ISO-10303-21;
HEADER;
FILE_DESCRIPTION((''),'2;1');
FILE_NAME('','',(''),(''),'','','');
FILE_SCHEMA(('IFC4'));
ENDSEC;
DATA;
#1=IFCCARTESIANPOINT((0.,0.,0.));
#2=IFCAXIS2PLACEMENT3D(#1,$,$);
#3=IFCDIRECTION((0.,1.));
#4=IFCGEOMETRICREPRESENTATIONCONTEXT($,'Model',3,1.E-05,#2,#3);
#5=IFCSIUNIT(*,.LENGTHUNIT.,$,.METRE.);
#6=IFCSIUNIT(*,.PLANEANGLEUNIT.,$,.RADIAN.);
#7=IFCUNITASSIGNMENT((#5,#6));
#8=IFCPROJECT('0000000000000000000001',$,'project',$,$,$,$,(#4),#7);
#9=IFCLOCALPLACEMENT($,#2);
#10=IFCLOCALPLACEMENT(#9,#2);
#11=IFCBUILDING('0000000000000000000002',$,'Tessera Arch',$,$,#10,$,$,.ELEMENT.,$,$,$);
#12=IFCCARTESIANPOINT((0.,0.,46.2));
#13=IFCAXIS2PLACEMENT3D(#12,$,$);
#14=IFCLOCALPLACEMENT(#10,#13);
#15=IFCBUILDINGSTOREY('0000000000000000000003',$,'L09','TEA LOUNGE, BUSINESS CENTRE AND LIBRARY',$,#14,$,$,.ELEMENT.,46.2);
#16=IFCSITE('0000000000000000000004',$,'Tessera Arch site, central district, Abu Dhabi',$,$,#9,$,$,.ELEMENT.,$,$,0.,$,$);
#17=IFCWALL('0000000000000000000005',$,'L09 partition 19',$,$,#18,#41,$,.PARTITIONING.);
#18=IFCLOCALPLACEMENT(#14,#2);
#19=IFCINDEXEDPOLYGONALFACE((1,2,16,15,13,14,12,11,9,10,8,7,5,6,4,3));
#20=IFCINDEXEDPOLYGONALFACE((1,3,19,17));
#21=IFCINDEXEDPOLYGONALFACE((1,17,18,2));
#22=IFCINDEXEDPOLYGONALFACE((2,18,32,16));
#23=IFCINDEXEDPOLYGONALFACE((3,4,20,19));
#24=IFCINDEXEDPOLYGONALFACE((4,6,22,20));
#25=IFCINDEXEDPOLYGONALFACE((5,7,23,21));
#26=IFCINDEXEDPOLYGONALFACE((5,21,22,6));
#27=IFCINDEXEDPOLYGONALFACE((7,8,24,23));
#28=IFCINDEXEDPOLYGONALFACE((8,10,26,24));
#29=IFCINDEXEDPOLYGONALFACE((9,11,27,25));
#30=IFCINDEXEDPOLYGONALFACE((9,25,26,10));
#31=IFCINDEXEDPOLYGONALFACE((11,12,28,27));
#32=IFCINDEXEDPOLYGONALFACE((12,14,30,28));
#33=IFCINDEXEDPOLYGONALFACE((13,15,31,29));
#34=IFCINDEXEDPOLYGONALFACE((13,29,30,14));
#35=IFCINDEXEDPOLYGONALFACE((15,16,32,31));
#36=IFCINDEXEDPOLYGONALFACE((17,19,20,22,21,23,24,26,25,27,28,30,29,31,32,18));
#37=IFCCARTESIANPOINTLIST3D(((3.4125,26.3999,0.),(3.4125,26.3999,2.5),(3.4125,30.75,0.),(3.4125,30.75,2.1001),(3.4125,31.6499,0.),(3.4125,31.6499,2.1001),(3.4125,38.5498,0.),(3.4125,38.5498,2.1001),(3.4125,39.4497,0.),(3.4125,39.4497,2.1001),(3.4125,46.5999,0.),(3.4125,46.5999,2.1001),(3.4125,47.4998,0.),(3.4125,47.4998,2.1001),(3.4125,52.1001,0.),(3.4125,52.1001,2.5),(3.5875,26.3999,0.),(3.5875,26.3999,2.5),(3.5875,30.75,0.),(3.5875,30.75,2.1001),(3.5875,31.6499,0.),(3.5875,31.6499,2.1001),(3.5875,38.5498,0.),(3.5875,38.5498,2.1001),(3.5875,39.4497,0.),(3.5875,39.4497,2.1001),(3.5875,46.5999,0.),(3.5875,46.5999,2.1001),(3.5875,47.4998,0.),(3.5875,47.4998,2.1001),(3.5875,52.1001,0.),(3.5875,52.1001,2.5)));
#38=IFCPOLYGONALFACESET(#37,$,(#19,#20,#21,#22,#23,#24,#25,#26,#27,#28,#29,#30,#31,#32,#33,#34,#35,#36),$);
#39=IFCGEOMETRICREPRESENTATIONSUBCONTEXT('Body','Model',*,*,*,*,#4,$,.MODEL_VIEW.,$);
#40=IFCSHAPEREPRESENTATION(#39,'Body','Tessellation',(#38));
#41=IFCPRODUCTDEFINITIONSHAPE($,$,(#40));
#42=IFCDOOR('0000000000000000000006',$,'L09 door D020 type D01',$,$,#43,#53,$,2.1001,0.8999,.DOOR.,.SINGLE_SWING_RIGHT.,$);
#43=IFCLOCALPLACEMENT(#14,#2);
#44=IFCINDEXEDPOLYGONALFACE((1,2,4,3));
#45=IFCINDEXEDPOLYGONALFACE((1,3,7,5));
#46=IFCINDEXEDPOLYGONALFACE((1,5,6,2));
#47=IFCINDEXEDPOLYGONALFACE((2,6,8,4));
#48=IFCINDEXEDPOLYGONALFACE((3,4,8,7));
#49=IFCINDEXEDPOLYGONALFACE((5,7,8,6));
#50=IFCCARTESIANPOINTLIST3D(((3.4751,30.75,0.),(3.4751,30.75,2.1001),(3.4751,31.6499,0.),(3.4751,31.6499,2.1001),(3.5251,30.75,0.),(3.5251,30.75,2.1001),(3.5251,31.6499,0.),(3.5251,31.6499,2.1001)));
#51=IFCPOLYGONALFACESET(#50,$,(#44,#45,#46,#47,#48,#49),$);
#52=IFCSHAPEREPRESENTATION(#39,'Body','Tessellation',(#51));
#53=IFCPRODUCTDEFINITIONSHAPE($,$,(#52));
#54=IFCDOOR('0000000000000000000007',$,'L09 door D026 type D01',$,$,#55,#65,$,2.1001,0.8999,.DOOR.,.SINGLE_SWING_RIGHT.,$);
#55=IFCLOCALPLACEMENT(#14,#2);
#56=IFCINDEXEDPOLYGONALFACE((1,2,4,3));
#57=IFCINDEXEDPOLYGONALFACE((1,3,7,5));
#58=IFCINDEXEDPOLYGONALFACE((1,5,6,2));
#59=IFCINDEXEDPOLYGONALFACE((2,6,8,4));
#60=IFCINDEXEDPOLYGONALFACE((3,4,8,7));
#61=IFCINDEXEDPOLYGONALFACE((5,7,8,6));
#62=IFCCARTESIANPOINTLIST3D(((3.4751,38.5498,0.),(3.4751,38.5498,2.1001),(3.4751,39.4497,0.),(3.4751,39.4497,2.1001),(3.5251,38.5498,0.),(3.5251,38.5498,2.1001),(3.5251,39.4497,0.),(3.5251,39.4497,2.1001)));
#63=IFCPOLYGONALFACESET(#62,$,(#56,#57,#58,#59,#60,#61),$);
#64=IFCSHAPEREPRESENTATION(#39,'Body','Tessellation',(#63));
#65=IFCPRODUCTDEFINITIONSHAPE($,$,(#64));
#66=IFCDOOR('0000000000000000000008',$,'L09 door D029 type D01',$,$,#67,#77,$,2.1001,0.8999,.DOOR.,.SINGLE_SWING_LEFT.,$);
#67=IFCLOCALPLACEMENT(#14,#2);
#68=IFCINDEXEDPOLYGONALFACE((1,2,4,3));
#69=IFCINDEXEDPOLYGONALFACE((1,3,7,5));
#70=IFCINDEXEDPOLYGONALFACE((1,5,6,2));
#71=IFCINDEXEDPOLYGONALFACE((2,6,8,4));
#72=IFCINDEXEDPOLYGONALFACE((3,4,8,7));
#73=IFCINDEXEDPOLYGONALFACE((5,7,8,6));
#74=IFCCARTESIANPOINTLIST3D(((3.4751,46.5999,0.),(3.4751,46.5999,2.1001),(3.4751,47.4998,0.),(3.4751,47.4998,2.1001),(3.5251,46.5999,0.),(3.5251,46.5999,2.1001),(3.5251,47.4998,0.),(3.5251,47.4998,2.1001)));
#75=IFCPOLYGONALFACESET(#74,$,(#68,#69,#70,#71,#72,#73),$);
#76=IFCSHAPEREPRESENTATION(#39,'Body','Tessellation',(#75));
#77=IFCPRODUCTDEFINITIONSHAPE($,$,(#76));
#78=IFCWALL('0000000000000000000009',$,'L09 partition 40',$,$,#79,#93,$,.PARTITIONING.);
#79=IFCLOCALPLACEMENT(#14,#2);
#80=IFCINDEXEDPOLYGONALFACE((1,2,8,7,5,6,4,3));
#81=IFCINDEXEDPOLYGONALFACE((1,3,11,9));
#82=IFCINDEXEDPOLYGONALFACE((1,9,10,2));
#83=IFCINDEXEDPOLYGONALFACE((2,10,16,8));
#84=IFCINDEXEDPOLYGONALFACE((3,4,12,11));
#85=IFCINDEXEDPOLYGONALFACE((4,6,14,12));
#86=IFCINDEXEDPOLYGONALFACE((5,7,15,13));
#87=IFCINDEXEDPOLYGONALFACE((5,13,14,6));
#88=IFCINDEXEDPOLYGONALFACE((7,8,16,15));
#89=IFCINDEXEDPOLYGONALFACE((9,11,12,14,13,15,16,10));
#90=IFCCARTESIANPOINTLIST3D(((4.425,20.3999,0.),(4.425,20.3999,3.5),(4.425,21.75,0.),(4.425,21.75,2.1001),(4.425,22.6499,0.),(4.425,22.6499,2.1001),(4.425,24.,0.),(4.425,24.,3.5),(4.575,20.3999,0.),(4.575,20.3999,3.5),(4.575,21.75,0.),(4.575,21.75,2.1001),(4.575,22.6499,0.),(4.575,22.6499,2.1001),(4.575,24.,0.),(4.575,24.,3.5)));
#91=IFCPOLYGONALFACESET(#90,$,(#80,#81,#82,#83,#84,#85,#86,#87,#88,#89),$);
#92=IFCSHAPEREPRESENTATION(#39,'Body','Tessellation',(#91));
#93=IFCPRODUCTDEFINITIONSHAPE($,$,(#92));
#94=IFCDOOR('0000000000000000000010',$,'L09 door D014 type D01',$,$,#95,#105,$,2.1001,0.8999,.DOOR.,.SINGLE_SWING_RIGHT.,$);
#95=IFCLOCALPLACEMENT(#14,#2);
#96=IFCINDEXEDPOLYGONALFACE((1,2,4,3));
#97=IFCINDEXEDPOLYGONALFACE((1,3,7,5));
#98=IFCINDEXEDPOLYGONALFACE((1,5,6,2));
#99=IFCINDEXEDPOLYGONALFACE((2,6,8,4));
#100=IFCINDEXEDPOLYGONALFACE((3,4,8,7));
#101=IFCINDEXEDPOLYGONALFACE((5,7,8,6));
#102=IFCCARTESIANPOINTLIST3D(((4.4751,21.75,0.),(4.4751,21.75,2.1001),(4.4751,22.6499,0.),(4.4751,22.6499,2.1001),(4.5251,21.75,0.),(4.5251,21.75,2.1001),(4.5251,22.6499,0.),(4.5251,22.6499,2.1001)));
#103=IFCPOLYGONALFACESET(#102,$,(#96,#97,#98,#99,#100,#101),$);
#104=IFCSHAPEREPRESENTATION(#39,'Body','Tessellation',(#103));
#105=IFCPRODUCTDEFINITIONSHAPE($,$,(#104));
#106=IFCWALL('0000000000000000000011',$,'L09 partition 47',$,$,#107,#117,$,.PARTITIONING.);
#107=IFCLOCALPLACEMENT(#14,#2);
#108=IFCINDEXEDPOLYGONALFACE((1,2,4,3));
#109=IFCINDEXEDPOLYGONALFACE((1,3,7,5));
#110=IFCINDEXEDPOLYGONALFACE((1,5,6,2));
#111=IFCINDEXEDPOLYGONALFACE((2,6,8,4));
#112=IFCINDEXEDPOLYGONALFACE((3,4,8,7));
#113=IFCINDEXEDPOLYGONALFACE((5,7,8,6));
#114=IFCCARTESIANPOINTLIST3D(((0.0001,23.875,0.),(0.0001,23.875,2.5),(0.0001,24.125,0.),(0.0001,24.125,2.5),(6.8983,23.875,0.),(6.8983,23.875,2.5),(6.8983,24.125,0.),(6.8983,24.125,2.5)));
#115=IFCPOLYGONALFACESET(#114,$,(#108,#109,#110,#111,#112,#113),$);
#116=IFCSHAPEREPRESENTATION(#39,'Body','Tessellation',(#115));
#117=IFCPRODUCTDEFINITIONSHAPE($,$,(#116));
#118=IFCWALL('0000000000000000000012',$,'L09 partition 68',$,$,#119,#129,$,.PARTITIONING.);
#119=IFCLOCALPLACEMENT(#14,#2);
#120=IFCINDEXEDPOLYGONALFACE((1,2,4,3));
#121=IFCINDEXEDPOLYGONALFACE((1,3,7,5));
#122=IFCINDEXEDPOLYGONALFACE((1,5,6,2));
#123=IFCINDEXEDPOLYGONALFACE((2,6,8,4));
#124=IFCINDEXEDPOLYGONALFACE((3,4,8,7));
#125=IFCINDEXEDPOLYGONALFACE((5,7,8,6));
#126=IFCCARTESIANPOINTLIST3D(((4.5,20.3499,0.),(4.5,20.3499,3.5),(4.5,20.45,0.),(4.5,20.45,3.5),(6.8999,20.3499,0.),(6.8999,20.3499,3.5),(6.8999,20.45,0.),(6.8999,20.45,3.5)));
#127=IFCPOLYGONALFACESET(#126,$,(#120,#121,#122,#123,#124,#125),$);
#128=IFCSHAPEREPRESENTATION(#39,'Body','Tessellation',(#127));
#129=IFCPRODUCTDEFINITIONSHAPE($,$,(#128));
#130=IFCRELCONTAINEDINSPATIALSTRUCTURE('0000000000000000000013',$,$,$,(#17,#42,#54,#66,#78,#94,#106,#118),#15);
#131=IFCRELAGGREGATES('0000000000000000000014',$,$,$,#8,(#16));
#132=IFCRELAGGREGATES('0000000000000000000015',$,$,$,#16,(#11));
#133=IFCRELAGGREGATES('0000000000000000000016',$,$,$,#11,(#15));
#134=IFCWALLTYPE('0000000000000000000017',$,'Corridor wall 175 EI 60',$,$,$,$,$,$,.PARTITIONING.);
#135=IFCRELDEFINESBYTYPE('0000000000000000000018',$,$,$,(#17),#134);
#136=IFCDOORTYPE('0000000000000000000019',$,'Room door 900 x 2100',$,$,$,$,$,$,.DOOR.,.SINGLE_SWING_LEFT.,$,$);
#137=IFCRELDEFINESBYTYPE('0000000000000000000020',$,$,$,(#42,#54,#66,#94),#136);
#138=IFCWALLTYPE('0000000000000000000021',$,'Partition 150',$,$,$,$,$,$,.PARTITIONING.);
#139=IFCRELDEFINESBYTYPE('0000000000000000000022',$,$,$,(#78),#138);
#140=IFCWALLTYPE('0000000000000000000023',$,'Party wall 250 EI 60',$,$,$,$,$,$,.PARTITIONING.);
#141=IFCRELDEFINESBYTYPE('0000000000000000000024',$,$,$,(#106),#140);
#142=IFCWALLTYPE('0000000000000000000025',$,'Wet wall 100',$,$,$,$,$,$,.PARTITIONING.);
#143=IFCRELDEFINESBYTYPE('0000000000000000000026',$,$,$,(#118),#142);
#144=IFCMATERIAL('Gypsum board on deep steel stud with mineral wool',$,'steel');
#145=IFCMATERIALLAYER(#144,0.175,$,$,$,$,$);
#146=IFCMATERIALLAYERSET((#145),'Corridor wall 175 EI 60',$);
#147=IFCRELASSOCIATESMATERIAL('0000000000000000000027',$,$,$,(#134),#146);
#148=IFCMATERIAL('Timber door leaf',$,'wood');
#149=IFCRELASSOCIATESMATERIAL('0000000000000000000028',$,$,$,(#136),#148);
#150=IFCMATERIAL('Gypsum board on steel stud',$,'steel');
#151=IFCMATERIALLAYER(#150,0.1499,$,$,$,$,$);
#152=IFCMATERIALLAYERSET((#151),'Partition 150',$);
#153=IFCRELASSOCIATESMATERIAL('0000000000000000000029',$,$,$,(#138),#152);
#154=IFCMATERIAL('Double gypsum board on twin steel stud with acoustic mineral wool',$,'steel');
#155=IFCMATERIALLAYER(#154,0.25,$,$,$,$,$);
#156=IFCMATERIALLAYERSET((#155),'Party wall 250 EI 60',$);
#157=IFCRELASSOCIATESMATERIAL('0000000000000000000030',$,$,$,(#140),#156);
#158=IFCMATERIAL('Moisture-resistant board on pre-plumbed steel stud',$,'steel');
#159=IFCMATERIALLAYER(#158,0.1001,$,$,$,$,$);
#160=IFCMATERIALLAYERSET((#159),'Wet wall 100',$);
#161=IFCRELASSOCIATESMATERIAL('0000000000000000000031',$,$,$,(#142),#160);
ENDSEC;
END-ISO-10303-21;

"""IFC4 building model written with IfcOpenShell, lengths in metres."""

from ifc_helpers import new_model, si_unit, direction, frame, frame_2d, origin, place, context, subcontext, project, spatial, rectangle, extrude, material, layer, layer_set, type_object, element, fill, save


model = new_model("IFC4")

# Units and contexts
model_context = context("Model", 3, precision=1e-05, world=origin(), true_north=direction((0.0, 1.0)))
body_context = subcontext(model_context, "Body", "Model", "MODEL_VIEW")
ifc_project = project(units=[si_unit("LENGTHUNIT", "METRE"), si_unit("PLANEANGLEUNIT", "RADIAN")], contexts=[model_context])

# Site, building, storey
site_placement = place(None, origin())
site = spatial("IfcSite", under=ifc_project, at=site_placement, Name="Tessera Arch site, central district, Abu Dhabi", CompositionType="ELEMENT", RefElevation=0.0)
building_placement = place(site_placement, origin())
building = spatial("IfcBuilding", under=site, at=building_placement, Name="Tessera Arch", CompositionType="ELEMENT")
storey_placement = place(building_placement, frame((0.0, 0.0, 46.2)))
storey = spatial("IfcBuildingStorey", under=building, at=storey_placement, Name="L09", Description="TEA LOUNGE, BUSINESS CENTRE AND LIBRARY", CompositionType="ELEMENT", Elevation=46.2)

# Shared definitions
ifc_material_1 = material(Name="Gypsum board on deep steel stud with mineral wool", Category="steel")
ifc_layer_1 = layer(ifc_material_1, 0.175)
ifc_layer_set_1 = layer_set([ifc_layer_1], Name="Corridor wall 175 EI 60")
wall_type_1 = type_object("IfcWallType", Name="Corridor wall 175 EI 60", PredefinedType="PARTITIONING", material=ifc_layer_set_1)

# Wall, openings, doors
wall_1_placement = place(storey_placement, frame((3.5, 26.3999, 0.0), z_axis=(0.0, 0.0, 1.0), x_axis=(0.0, 1.0, 0.0)))
wall_1 = element("IfcWall", 1, at=wall_1_placement, inside=storey, type_object=wall_type_1, Name="L09 partition 19", PredefinedType="PARTITIONING", context=body_context, shape_type="SweptSolid", body=[
    extrude(rectangle(XDim=25.7002, YDim=0.175, at=frame_2d((12.8501, 0.0))), origin(), (0.0, 0.0, 1.0), 2.5),
])
opening_1_placement = place(wall_1_placement, frame((4.3501, 0.0, 0.0)))
opening_1 = element("IfcOpeningElement", 2, at=opening_1_placement, cuts=wall_1, PredefinedType="OPENING", context=body_context, shape_type="SweptSolid", body=[
    extrude(rectangle(XDim=0.8999, YDim=2.1001, at=frame_2d((0.45, 1.05))), frame((0.0, 0.0974, 0.0), z_axis=(0.0, -1.0, 0.0), x_axis=(1.0, 0.0, 0.0)), (0.0, 0.0, 1.0), 0.1951),
])
opening_2_placement = place(wall_1_placement, frame((12.1499, 0.0, 0.0)))
opening_2 = element("IfcOpeningElement", 3, at=opening_2_placement, cuts=wall_1, PredefinedType="OPENING", context=body_context, shape_type="SweptSolid", body=[
    extrude(rectangle(XDim=0.8999, YDim=2.1001, at=frame_2d((0.45, 1.05))), frame((0.0, 0.0974, 0.0), z_axis=(0.0, -1.0, 0.0), x_axis=(1.0, 0.0, 0.0)), (0.0, 0.0, 1.0), 0.1951),
])
opening_3_placement = place(wall_1_placement, frame((20.2, 0.0, 0.0)))
opening_3 = element("IfcOpeningElement", 4, at=opening_3_placement, cuts=wall_1, PredefinedType="OPENING", context=body_context, shape_type="SweptSolid", body=[
    extrude(rectangle(XDim=0.8999, YDim=2.1001, at=frame_2d((0.45, 1.05))), frame((0.0, 0.0974, 0.0), z_axis=(0.0, -1.0, 0.0), x_axis=(1.0, 0.0, 0.0)), (0.0, 0.0, 1.0), 0.1951),
])
ifc_material_2 = material(Name="Timber door leaf", Category="wood")
door_type = type_object("IfcDoorType", Name="Room door 900 x 2100", OperationType="SINGLE_SWING_LEFT", PredefinedType="DOOR", material=ifc_material_2)
door_1_placement = place(opening_1_placement, origin())
door_1 = element("IfcDoor", 5, at=door_1_placement, inside=storey, type_object=door_type, Name="L09 door D020 type D01", OperationType="SINGLE_SWING_RIGHT", OverallHeight=2.1001, OverallWidth=0.8999, PredefinedType="DOOR", context=body_context, shape_type="SweptSolid", body=[
    extrude(rectangle(XDim=0.8999, YDim=2.1001, at=frame_2d((0.45, 1.05))), frame((0.0, 0.0249, 0.0), z_axis=(0.0, -1.0, 0.0), x_axis=(1.0, 0.0, 0.0)), (0.0, 0.0, 1.0), 0.05),
])
fill(opening_1, door_1)
door_2_placement = place(opening_2_placement, origin())
door_2 = element("IfcDoor", 6, at=door_2_placement, inside=storey, type_object=door_type, Name="L09 door D026 type D01", OperationType="SINGLE_SWING_RIGHT", OverallHeight=2.1001, OverallWidth=0.8999, PredefinedType="DOOR", context=body_context, shape_type="SweptSolid", body=[
    extrude(rectangle(XDim=0.8999, YDim=2.1001, at=frame_2d((0.45, 1.05))), frame((0.0, 0.0249, 0.0), z_axis=(0.0, -1.0, 0.0), x_axis=(1.0, 0.0, 0.0)), (0.0, 0.0, 1.0), 0.05),
])
fill(opening_2, door_2)
door_3_placement = place(opening_3_placement, origin())
door_3 = element("IfcDoor", 7, at=door_3_placement, inside=storey, type_object=door_type, Name="L09 door D029 type D01", OperationType="SINGLE_SWING_LEFT", OverallHeight=2.1001, OverallWidth=0.8999, PredefinedType="DOOR", context=body_context, shape_type="SweptSolid", body=[
    extrude(rectangle(XDim=0.8999, YDim=2.1001, at=frame_2d((0.45, 1.05))), frame((0.0, 0.0249, 0.0), z_axis=(0.0, -1.0, 0.0), x_axis=(1.0, 0.0, 0.0)), (0.0, 0.0, 1.0), 0.05),
])
fill(opening_3, door_3)

# Wall, opening, door
ifc_material_3 = material(Name="Gypsum board on steel stud", Category="steel")
ifc_layer_2 = layer(ifc_material_3, 0.1499)
ifc_layer_set_2 = layer_set([ifc_layer_2], Name="Partition 150")
wall_type_2 = type_object("IfcWallType", Name="Partition 150", PredefinedType="PARTITIONING", material=ifc_layer_set_2)
wall_2_placement = place(storey_placement, frame((4.5, 20.3999, 0.0), z_axis=(0.0, 0.0, 1.0), x_axis=(0.0, 1.0, 0.0)))
wall_2 = element("IfcWall", 8, at=wall_2_placement, inside=storey, type_object=wall_type_2, Name="L09 partition 40", PredefinedType="PARTITIONING", context=body_context, shape_type="SweptSolid", body=[
    extrude(rectangle(XDim=3.6001, YDim=0.1499, at=frame_2d((1.8, 0.0))), origin(), (0.0, 0.0, 1.0), 3.5),
])
opening_4_placement = place(wall_2_placement, frame((1.3501, 0.0, 0.0)))
opening_4 = element("IfcOpeningElement", 9, at=opening_4_placement, cuts=wall_2, PredefinedType="OPENING", context=body_context, shape_type="SweptSolid", body=[
    extrude(rectangle(XDim=0.8999, YDim=2.1001, at=frame_2d((0.45, 1.05))), frame((0.0, 0.085, 0.0), z_axis=(0.0, -1.0, 0.0), x_axis=(1.0, 0.0, 0.0)), (0.0, 0.0, 1.0), 0.1699),
])
door_4_placement = place(opening_4_placement, origin())
door_4 = element("IfcDoor", 10, at=door_4_placement, inside=storey, type_object=door_type, Name="L09 door D014 type D01", OperationType="SINGLE_SWING_RIGHT", OverallHeight=2.1001, OverallWidth=0.8999, PredefinedType="DOOR", context=body_context, shape_type="SweptSolid", body=[
    extrude(rectangle(XDim=0.8999, YDim=2.1001, at=frame_2d((0.45, 1.05))), frame((0.0, 0.0249, 0.0), z_axis=(0.0, -1.0, 0.0), x_axis=(1.0, 0.0, 0.0)), (0.0, 0.0, 1.0), 0.05),
])
fill(opening_4, door_4)

# Walls
ifc_material_4 = material(Name="Double gypsum board on twin steel stud with acoustic mineral wool", Category="steel")
ifc_layer_3 = layer(ifc_material_4, 0.25)
ifc_layer_set_3 = layer_set([ifc_layer_3], Name="Party wall 250 EI 60")
wall_type_3 = type_object("IfcWallType", Name="Party wall 250 EI 60", PredefinedType="PARTITIONING", material=ifc_layer_set_3)
wall_3_placement = place(storey_placement, frame((0.0, 24.0, 0.0), z_axis=(0.0, 0.0, 1.0), x_axis=(1.0, 0.0, 0.0)))
element("IfcWall", 11, at=wall_3_placement, inside=storey, type_object=wall_type_3, Name="L09 partition 47", PredefinedType="PARTITIONING", context=body_context, shape_type="SweptSolid", body=[
    extrude(rectangle(XDim=6.8982, YDim=0.25, at=frame_2d((3.4492, 0.0))), origin(), (0.0, 0.0, 1.0), 2.5),
])
ifc_material_5 = material(Name="Moisture-resistant board on pre-plumbed steel stud", Category="steel")
ifc_layer_4 = layer(ifc_material_5, 0.1001)
ifc_layer_set_4 = layer_set([ifc_layer_4], Name="Wet wall 100")
wall_type_4 = type_object("IfcWallType", Name="Wet wall 100", PredefinedType="PARTITIONING", material=ifc_layer_set_4)
wall_4_placement = place(storey_placement, frame((4.5, 20.3999, 0.0), z_axis=(0.0, 0.0, 1.0), x_axis=(1.0, 0.0, 0.0)))
element("IfcWall", 12, at=wall_4_placement, inside=storey, type_object=wall_type_4, Name="L09 partition 68", PredefinedType="PARTITIONING", context=body_context, shape_type="SweptSolid", body=[
    extrude(rectangle(XDim=2.3999, YDim=0.1001, at=frame_2d((1.2, 0.0))), origin(), (0.0, 0.0, 1.0), 3.5),
])

save(model, "model.ifc")
